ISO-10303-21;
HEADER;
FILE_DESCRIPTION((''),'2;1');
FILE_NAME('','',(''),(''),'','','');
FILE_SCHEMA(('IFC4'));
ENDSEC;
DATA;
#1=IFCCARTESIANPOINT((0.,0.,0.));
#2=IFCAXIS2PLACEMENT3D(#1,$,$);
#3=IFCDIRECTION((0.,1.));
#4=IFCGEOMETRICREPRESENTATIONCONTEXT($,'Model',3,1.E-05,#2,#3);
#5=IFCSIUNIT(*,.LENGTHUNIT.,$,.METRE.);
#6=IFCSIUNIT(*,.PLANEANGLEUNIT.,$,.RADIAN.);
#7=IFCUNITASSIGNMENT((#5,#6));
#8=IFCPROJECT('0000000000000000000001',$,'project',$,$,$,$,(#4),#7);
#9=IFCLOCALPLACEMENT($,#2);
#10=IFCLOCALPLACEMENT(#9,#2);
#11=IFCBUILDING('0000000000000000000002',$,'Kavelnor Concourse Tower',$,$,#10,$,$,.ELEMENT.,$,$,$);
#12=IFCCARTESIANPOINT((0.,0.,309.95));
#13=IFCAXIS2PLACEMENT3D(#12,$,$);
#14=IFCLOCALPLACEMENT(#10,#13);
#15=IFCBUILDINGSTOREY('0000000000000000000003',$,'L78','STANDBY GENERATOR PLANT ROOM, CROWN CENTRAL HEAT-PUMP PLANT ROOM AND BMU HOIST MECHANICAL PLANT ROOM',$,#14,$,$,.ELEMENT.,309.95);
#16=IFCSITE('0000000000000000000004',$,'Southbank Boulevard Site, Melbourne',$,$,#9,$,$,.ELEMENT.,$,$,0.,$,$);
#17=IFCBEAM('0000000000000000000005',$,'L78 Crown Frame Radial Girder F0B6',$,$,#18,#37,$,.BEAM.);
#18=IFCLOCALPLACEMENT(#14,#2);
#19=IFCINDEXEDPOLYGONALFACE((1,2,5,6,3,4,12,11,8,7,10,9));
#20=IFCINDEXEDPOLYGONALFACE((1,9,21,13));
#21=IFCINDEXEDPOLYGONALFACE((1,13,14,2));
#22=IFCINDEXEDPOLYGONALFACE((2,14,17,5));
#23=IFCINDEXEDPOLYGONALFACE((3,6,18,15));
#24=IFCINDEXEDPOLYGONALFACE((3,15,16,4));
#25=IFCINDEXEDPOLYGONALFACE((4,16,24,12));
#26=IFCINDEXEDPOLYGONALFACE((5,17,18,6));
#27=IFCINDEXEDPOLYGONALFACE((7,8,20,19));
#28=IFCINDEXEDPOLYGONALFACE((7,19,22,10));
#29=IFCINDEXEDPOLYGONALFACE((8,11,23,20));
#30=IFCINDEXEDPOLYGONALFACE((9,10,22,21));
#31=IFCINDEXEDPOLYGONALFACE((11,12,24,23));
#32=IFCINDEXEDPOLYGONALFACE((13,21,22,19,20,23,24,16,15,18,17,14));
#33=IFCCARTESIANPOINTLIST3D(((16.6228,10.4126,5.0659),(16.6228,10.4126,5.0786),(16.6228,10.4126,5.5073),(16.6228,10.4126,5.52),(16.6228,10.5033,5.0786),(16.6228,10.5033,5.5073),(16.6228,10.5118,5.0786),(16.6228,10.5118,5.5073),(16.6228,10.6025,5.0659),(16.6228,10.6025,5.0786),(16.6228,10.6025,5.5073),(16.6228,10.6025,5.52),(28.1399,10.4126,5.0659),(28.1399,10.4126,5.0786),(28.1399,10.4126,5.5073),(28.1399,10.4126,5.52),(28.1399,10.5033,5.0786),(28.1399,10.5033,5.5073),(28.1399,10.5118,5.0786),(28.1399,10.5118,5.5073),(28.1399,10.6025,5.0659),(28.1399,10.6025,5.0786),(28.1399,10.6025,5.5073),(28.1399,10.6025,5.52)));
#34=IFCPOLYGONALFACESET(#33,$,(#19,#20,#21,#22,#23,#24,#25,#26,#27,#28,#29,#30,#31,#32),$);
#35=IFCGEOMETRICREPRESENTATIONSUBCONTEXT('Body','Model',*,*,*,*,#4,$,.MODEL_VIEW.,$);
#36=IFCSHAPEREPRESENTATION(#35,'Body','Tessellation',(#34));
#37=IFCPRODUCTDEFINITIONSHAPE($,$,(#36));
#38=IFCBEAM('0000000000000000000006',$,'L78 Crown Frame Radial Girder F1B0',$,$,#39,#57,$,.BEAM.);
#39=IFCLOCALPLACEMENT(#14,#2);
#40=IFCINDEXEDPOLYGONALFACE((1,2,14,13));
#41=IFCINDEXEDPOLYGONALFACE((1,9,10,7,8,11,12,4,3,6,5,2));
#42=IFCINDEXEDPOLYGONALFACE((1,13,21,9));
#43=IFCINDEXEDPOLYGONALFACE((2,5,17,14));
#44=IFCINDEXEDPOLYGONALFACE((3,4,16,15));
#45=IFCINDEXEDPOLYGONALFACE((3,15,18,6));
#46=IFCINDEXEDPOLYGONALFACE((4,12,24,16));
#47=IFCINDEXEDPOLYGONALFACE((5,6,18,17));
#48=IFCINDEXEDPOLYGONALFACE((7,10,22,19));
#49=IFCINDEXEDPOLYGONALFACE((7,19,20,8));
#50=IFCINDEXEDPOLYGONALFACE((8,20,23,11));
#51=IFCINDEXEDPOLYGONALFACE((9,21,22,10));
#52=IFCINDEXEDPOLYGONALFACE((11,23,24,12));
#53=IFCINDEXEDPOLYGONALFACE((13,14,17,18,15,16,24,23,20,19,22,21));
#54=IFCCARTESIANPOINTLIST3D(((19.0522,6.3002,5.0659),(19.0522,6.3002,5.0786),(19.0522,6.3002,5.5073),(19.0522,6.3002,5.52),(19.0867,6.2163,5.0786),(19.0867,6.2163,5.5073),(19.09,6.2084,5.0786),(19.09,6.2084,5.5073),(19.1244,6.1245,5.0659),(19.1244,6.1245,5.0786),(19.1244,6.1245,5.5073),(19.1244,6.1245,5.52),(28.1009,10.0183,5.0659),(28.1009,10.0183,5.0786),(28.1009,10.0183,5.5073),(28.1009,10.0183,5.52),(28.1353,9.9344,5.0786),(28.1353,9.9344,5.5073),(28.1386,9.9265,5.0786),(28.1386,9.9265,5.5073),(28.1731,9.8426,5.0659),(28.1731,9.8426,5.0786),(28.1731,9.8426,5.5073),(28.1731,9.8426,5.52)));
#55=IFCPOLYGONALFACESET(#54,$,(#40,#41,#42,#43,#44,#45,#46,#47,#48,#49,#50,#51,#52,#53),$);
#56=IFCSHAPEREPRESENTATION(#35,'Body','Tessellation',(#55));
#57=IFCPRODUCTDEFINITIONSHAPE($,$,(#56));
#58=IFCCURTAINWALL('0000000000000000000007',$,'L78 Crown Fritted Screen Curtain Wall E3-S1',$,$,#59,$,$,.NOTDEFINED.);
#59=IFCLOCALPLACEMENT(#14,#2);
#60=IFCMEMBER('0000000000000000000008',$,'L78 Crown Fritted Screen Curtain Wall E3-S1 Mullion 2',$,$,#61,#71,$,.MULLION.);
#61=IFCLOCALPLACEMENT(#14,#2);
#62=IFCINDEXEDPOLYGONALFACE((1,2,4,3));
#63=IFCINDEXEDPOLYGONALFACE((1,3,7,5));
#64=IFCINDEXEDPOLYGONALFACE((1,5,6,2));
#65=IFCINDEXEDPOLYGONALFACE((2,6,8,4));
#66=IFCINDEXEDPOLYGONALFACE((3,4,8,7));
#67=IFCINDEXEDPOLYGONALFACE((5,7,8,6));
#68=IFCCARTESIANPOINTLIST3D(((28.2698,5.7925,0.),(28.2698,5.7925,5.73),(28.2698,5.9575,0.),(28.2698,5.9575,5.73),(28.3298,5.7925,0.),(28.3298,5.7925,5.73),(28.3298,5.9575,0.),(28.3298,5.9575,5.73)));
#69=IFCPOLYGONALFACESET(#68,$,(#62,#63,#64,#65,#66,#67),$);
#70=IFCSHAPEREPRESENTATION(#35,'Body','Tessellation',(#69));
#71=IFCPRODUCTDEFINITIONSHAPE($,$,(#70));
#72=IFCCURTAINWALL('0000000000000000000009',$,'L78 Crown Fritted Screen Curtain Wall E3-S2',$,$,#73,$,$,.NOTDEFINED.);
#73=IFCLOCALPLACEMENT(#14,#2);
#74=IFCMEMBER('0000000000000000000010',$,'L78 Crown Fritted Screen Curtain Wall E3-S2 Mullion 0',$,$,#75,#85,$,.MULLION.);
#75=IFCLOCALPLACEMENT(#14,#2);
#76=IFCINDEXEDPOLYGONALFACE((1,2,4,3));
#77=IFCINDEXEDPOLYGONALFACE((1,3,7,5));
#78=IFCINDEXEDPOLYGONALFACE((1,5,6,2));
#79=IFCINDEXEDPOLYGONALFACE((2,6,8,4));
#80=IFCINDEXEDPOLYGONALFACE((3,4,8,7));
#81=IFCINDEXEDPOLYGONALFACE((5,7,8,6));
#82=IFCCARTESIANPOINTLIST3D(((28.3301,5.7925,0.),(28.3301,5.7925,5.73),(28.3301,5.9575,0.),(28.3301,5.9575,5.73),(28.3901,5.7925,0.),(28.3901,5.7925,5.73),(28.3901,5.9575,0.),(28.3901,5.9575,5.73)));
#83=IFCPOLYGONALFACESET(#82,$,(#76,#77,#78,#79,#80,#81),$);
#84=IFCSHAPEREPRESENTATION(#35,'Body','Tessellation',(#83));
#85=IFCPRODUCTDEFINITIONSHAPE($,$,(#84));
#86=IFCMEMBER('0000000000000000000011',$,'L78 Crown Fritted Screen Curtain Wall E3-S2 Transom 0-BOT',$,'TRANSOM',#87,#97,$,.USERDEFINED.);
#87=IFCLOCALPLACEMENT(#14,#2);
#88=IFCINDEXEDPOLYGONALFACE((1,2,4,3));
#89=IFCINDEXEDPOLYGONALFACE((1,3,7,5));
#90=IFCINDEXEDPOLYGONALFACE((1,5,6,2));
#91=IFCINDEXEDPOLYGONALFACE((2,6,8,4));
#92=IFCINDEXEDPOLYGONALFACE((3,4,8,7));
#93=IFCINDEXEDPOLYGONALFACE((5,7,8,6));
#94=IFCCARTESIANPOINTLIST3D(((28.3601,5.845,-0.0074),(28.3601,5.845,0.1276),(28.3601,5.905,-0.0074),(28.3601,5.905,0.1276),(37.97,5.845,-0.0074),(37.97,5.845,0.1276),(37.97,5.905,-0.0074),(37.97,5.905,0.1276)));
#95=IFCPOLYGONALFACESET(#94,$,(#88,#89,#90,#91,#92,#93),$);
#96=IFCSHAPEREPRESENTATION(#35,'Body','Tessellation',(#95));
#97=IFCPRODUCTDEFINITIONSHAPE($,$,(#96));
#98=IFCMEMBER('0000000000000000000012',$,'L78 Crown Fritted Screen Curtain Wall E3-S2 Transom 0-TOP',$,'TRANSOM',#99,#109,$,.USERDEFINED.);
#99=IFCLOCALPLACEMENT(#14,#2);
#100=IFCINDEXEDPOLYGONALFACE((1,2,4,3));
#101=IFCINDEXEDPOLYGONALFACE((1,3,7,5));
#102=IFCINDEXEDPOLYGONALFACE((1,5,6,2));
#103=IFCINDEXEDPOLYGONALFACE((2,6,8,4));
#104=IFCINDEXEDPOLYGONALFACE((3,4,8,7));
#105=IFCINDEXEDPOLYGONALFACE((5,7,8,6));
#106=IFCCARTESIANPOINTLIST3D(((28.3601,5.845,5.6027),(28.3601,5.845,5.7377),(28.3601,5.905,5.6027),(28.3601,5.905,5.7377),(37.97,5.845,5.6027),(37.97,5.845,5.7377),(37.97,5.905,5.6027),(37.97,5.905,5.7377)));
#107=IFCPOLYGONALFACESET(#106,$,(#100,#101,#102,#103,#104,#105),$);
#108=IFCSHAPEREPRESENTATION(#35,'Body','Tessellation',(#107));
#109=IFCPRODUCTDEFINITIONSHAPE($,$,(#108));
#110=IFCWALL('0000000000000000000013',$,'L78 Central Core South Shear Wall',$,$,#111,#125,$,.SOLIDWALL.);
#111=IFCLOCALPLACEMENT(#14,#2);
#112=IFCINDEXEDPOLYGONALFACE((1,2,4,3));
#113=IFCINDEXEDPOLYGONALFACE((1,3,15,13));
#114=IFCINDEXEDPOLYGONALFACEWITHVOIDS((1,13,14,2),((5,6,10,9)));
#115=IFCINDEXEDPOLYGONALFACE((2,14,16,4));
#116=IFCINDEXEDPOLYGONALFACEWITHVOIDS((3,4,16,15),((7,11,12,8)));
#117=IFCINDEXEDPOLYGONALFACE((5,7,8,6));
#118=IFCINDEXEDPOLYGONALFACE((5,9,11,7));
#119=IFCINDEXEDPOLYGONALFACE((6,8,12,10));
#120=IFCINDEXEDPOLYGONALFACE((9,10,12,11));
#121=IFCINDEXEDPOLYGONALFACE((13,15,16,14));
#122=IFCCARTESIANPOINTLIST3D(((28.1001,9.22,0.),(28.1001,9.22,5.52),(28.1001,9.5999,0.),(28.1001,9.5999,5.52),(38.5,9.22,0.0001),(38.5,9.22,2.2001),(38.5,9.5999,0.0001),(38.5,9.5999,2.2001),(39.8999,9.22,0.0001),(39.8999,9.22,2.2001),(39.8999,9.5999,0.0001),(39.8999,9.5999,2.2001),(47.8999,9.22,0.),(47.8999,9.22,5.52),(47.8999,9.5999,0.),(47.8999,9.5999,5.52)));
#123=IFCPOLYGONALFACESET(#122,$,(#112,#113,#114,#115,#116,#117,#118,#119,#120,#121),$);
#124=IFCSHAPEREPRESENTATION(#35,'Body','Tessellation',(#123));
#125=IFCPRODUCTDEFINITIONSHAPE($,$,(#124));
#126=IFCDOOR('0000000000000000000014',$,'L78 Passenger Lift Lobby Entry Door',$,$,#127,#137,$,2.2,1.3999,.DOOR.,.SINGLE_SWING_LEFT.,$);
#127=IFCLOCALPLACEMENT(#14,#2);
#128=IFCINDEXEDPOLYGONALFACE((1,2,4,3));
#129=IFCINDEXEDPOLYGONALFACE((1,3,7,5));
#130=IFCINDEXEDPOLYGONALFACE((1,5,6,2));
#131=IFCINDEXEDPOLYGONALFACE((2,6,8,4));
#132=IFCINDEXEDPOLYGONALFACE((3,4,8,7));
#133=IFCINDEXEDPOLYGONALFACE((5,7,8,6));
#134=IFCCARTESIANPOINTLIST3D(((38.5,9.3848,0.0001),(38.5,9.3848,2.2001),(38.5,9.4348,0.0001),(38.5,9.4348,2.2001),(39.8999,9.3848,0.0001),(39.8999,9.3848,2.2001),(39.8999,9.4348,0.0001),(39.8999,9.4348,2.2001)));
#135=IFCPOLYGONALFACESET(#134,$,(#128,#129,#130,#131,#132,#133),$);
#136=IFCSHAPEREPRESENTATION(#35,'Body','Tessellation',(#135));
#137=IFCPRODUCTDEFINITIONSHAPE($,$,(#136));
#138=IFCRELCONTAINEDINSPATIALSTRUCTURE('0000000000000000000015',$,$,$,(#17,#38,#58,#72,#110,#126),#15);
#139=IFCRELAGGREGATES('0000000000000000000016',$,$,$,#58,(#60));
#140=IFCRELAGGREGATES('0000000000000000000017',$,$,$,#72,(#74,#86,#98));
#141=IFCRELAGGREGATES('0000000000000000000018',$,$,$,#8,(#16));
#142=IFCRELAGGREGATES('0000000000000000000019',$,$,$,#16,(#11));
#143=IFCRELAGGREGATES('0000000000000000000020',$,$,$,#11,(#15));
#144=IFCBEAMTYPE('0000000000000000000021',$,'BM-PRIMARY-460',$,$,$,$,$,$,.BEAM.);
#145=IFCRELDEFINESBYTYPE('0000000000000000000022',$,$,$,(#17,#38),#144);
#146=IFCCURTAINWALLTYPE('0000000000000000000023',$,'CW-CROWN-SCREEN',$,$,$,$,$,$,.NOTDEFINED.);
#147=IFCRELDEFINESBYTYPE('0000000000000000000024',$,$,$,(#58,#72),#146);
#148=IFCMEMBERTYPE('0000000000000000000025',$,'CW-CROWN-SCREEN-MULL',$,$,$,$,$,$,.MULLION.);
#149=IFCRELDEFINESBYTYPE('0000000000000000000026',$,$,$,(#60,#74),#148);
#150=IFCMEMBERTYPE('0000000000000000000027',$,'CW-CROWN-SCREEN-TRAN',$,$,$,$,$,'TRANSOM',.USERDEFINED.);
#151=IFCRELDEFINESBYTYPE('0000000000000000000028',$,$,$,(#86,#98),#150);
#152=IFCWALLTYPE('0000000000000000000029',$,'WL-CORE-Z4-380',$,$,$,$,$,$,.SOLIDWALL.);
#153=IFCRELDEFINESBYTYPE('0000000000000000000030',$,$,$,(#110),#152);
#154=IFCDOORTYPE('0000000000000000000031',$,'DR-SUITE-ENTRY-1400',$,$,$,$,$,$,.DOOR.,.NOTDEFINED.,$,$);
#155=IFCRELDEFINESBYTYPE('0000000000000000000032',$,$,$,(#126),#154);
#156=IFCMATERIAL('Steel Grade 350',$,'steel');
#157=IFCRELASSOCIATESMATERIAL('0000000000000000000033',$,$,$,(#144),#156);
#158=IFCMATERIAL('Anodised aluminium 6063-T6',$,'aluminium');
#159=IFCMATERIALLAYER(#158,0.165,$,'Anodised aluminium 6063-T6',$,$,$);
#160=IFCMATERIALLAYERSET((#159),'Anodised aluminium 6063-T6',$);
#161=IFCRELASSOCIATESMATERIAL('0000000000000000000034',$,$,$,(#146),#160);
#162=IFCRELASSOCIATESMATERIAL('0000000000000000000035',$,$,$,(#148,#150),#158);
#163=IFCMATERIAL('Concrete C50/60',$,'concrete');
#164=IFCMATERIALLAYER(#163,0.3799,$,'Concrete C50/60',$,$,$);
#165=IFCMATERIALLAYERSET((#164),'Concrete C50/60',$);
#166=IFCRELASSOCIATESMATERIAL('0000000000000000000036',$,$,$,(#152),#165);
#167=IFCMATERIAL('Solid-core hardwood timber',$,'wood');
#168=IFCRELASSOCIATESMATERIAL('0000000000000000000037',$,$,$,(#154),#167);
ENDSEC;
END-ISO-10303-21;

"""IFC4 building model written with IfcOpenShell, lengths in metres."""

from ifc_helpers import new_model, si_unit, direction, frame, frame_2d, origin, origin_2d, place, context, subcontext, project, spatial, rectangle, i_section, extrude, material, layer, layer_set, material_profile, profile_set, type_object, element, fill, aggregate, save


model = new_model("IFC4")

# Units and contexts
model_context = context("Model", 3, precision=1e-05, world=origin(), true_north=direction((0.0, 1.0)))
body_context = subcontext(model_context, "Body", "Model", "MODEL_VIEW")
ifc_project = project(units=[si_unit("LENGTHUNIT", "METRE"), si_unit("PLANEANGLEUNIT", "RADIAN")], contexts=[model_context])

# Site, building, storey
site_placement = place(None, origin())
site = spatial("IfcSite", under=ifc_project, at=site_placement, Name="Southbank Boulevard Site, Melbourne", CompositionType="ELEMENT", RefElevation=0.0)
building_placement = place(site_placement, origin())
building = spatial("IfcBuilding", under=site, at=building_placement, Name="Kavelnor Concourse Tower", CompositionType="ELEMENT")
storey_placement = place(building_placement, frame((0.0, 0.0, 309.95)))
storey = spatial("IfcBuildingStorey", under=building, at=storey_placement, Name="L78", Description="STANDBY GENERATOR PLANT ROOM, CROWN CENTRAL HEAT-PUMP PLANT ROOM AND BMU HOIST MECHANICAL PLANT ROOM", CompositionType="ELEMENT", Elevation=309.95)

# Beams
ifc_material_1 = material(Name="Steel Grade 350", Category="steel")
ifc_material_profile_1 = material_profile(ifc_material_1, i_section(OverallWidth=0.1899, OverallDepth=0.4541, WebThickness=0.0085, FlangeThickness=0.0127, at=origin_2d()), Name="460UB67")
ifc_profile_set_1 = profile_set([ifc_material_profile_1], Name="Steel Grade 350")
beam_type = type_object("IfcBeamType", Name="BM-PRIMARY-460", PredefinedType="BEAM", material=ifc_profile_set_1)
beam_1_placement = place(storey_placement, frame((28.1399, 10.5076, 5.293), z_axis=(-1.0, 0.0, 0.0), x_axis=(0.0, -1.0, 0.0)))
element("IfcBeam", 1, at=beam_1_placement, inside=storey, type_object=beam_type, Name="L78 Crown Frame Radial Girder F0B6", PredefinedType="BEAM", context=body_context, shape_type="SweptSolid", body=[
    extrude(i_section(OverallWidth=0.1899, OverallDepth=0.4541, WebThickness=0.0085, FlangeThickness=0.0127, at=origin_2d()), origin(), (0.0, 0.0, 1.0), 11.5171),
])
beam_2_placement = place(storey_placement, frame((28.137, 9.9304, 5.293), z_axis=(-0.924961, -0.380062, 0.0), x_axis=(0.380062, -0.924961, 0.0)))
element("IfcBeam", 2, at=beam_2_placement, inside=storey, type_object=beam_type, Name="L78 Crown Frame Radial Girder F1B0", PredefinedType="BEAM", context=body_context, shape_type="SweptSolid", body=[
    extrude(i_section(OverallWidth=0.1899, OverallDepth=0.4541, WebThickness=0.0085, FlangeThickness=0.0127, at=origin_2d()), origin(), (0.0, 0.0, 1.0), 9.7827),
])

# Curtain wall, member
ifc_material_2 = material(Name="Anodised aluminium 6063-T6", Category="aluminium")
ifc_layer_1 = layer(ifc_material_2, 0.165, Name="Anodised aluminium 6063-T6")
ifc_layer_set_1 = layer_set([ifc_layer_1], Name="Anodised aluminium 6063-T6")
curtain_wall_type = type_object("IfcCurtainWallType", Name="CW-CROWN-SCREEN", PredefinedType="NOTDEFINED", material=ifc_layer_set_1)
curtain_wall_1_placement = place(storey_placement, origin())
curtain_wall_1 = element("IfcCurtainWall", 3, at=curtain_wall_1_placement, inside=storey, type_object=curtain_wall_type, Name="L78 Crown Fritted Screen Curtain Wall E3-S1", PredefinedType="NOTDEFINED")
ifc_material_profile_2 = material_profile(ifc_material_2, rectangle(XDim=0.0601, YDim=0.165, at=origin_2d()), Name="AL-MULL 60x165")
ifc_profile_set_2 = profile_set([ifc_material_profile_2], Name="Anodised aluminium 6063-T6")
member_type_1 = type_object("IfcMemberType", Name="CW-CROWN-SCREEN-MULL", PredefinedType="MULLION", material=ifc_profile_set_2)
member_1_placement = place(storey_placement, frame((28.2998, 5.875, 0.0), z_axis=(0.0, 0.0, 1.0), x_axis=(1.0, 0.0, 0.0)))
member_1 = element("IfcMember", 4, at=member_1_placement, type_object=member_type_1, Name="L78 Crown Fritted Screen Curtain Wall E3-S1 Mullion 2", PredefinedType="MULLION", context=body_context, shape_type="SweptSolid", body=[
    extrude(rectangle(XDim=0.0601, YDim=0.165, at=origin_2d()), origin(), (0.0, 0.0, 1.0), 5.73),
])
aggregate(curtain_wall_1, [member_1])

# Curtain wall, members
curtain_wall_2_placement = place(storey_placement, origin())
curtain_wall_2 = element("IfcCurtainWall", 5, at=curtain_wall_2_placement, inside=storey, type_object=curtain_wall_type, Name="L78 Crown Fritted Screen Curtain Wall E3-S2", PredefinedType="NOTDEFINED")
member_2_placement = place(storey_placement, frame((28.3601, 5.875, 0.0), z_axis=(0.0, 0.0, 1.0), x_axis=(1.0, 0.0, 0.0)))
member_2 = element("IfcMember", 6, at=member_2_placement, type_object=member_type_1, Name="L78 Crown Fritted Screen Curtain Wall E3-S2 Mullion 0", PredefinedType="MULLION", context=body_context, shape_type="SweptSolid", body=[
    extrude(rectangle(XDim=0.0601, YDim=0.165, at=origin_2d()), origin(), (0.0, 0.0, 1.0), 5.73),
])
ifc_material_profile_3 = material_profile(ifc_material_2, rectangle(XDim=0.0601, YDim=0.135, at=origin_2d()), Name="AL-TRAN 60x135")
ifc_profile_set_3 = profile_set([ifc_material_profile_3], Name="Anodised aluminium 6063-T6")
member_type_2 = type_object("IfcMemberType", Name="CW-CROWN-SCREEN-TRAN", ElementType="TRANSOM", PredefinedType="USERDEFINED", material=ifc_profile_set_3)
member_3_placement = place(storey_placement, frame((28.3601, 5.875, 0.0601), z_axis=(1.0, 0.0, 0.0), x_axis=(0.0, 1.0, 0.0)))
member_3 = element("IfcMember", 7, at=member_3_placement, type_object=member_type_2, Name="L78 Crown Fritted Screen Curtain Wall E3-S2 Transom 0-BOT", ObjectType="TRANSOM", PredefinedType="USERDEFINED", context=body_context, shape_type="SweptSolid", body=[
    extrude(rectangle(XDim=0.0601, YDim=0.135, at=origin_2d()), origin(), (0.0, 0.0, 1.0), 9.6099),
])
member_4_placement = place(storey_placement, frame((28.3601, 5.875, 5.6702), z_axis=(1.0, 0.0, 0.0), x_axis=(0.0, 1.0, 0.0)))
member_4 = element("IfcMember", 8, at=member_4_placement, type_object=member_type_2, Name="L78 Crown Fritted Screen Curtain Wall E3-S2 Transom 0-TOP", ObjectType="TRANSOM", PredefinedType="USERDEFINED", context=body_context, shape_type="SweptSolid", body=[
    extrude(rectangle(XDim=0.0601, YDim=0.135, at=origin_2d()), origin(), (0.0, 0.0, 1.0), 9.6099),
])
aggregate(curtain_wall_2, [member_2, member_3, member_4])

# Wall, opening, door
ifc_material_3 = material(Name="Concrete C50/60", Category="concrete")
ifc_layer_2 = layer(ifc_material_3, 0.3799, Name="Concrete C50/60")
ifc_layer_set_2 = layer_set([ifc_layer_2], Name="Concrete C50/60")
wall_type_1 = type_object("IfcWallType", Name="WL-CORE-Z4-380", PredefinedType="SOLIDWALL", material=ifc_layer_set_2)
wall_1_placement = place(storey_placement, frame((28.1001, 9.4099, 0.0), z_axis=(0.0, 0.0, 1.0), x_axis=(1.0, 0.0, 0.0)))
wall_1 = element("IfcWall", 9, at=wall_1_placement, inside=storey, type_object=wall_type_1, Name="L78 Central Core South Shear Wall", PredefinedType="SOLIDWALL", context=body_context, shape_type="SweptSolid", body=[
    extrude(rectangle(XDim=19.7998, YDim=0.3799, at=frame_2d((9.8999, 0.0))), origin(), (0.0, 0.0, 1.0), 5.52),
])
opening_1_placement = place(wall_1_placement, frame((10.3999, 0.0, 0.0)))
opening_1 = element("IfcOpeningElement", 10, at=opening_1_placement, cuts=wall_1, PredefinedType="OPENING", context=body_context, shape_type="SweptSolid", body=[
    extrude(rectangle(XDim=1.3999, YDim=2.2, at=frame_2d((0.7, 1.1001))), frame((0.0, 0.2, 0.0), z_axis=(0.0, -1.0, 0.0), x_axis=(1.0, 0.0, 0.0)), (0.0, 0.0, 1.0), 0.3999),
])
ifc_material_4 = material(Name="Solid-core hardwood timber", Category="wood")
door_type_1 = type_object("IfcDoorType", Name="DR-SUITE-ENTRY-1400", OperationType="NOTDEFINED", PredefinedType="DOOR", material=ifc_material_4)
door_1_placement = place(opening_1_placement, origin())
door_1 = element("IfcDoor", 11, at=door_1_placement, inside=storey, type_object=door_type_1, Name="L78 Passenger Lift Lobby Entry Door", OperationType="SINGLE_SWING_LEFT", OverallHeight=2.2, OverallWidth=1.3999, PredefinedType="DOOR", context=body_context, shape_type="SweptSolid", body=[
    extrude(rectangle(XDim=1.3999, YDim=2.2, at=frame_2d((0.7, 1.1001))), frame((0.0, 0.0249, 0.0), z_axis=(0.0, -1.0, 0.0), x_axis=(1.0, 0.0, 0.0)), (0.0, 0.0, 1.0), 0.05),
])
fill(opening_1, door_1)

save(model, "model.ifc")
